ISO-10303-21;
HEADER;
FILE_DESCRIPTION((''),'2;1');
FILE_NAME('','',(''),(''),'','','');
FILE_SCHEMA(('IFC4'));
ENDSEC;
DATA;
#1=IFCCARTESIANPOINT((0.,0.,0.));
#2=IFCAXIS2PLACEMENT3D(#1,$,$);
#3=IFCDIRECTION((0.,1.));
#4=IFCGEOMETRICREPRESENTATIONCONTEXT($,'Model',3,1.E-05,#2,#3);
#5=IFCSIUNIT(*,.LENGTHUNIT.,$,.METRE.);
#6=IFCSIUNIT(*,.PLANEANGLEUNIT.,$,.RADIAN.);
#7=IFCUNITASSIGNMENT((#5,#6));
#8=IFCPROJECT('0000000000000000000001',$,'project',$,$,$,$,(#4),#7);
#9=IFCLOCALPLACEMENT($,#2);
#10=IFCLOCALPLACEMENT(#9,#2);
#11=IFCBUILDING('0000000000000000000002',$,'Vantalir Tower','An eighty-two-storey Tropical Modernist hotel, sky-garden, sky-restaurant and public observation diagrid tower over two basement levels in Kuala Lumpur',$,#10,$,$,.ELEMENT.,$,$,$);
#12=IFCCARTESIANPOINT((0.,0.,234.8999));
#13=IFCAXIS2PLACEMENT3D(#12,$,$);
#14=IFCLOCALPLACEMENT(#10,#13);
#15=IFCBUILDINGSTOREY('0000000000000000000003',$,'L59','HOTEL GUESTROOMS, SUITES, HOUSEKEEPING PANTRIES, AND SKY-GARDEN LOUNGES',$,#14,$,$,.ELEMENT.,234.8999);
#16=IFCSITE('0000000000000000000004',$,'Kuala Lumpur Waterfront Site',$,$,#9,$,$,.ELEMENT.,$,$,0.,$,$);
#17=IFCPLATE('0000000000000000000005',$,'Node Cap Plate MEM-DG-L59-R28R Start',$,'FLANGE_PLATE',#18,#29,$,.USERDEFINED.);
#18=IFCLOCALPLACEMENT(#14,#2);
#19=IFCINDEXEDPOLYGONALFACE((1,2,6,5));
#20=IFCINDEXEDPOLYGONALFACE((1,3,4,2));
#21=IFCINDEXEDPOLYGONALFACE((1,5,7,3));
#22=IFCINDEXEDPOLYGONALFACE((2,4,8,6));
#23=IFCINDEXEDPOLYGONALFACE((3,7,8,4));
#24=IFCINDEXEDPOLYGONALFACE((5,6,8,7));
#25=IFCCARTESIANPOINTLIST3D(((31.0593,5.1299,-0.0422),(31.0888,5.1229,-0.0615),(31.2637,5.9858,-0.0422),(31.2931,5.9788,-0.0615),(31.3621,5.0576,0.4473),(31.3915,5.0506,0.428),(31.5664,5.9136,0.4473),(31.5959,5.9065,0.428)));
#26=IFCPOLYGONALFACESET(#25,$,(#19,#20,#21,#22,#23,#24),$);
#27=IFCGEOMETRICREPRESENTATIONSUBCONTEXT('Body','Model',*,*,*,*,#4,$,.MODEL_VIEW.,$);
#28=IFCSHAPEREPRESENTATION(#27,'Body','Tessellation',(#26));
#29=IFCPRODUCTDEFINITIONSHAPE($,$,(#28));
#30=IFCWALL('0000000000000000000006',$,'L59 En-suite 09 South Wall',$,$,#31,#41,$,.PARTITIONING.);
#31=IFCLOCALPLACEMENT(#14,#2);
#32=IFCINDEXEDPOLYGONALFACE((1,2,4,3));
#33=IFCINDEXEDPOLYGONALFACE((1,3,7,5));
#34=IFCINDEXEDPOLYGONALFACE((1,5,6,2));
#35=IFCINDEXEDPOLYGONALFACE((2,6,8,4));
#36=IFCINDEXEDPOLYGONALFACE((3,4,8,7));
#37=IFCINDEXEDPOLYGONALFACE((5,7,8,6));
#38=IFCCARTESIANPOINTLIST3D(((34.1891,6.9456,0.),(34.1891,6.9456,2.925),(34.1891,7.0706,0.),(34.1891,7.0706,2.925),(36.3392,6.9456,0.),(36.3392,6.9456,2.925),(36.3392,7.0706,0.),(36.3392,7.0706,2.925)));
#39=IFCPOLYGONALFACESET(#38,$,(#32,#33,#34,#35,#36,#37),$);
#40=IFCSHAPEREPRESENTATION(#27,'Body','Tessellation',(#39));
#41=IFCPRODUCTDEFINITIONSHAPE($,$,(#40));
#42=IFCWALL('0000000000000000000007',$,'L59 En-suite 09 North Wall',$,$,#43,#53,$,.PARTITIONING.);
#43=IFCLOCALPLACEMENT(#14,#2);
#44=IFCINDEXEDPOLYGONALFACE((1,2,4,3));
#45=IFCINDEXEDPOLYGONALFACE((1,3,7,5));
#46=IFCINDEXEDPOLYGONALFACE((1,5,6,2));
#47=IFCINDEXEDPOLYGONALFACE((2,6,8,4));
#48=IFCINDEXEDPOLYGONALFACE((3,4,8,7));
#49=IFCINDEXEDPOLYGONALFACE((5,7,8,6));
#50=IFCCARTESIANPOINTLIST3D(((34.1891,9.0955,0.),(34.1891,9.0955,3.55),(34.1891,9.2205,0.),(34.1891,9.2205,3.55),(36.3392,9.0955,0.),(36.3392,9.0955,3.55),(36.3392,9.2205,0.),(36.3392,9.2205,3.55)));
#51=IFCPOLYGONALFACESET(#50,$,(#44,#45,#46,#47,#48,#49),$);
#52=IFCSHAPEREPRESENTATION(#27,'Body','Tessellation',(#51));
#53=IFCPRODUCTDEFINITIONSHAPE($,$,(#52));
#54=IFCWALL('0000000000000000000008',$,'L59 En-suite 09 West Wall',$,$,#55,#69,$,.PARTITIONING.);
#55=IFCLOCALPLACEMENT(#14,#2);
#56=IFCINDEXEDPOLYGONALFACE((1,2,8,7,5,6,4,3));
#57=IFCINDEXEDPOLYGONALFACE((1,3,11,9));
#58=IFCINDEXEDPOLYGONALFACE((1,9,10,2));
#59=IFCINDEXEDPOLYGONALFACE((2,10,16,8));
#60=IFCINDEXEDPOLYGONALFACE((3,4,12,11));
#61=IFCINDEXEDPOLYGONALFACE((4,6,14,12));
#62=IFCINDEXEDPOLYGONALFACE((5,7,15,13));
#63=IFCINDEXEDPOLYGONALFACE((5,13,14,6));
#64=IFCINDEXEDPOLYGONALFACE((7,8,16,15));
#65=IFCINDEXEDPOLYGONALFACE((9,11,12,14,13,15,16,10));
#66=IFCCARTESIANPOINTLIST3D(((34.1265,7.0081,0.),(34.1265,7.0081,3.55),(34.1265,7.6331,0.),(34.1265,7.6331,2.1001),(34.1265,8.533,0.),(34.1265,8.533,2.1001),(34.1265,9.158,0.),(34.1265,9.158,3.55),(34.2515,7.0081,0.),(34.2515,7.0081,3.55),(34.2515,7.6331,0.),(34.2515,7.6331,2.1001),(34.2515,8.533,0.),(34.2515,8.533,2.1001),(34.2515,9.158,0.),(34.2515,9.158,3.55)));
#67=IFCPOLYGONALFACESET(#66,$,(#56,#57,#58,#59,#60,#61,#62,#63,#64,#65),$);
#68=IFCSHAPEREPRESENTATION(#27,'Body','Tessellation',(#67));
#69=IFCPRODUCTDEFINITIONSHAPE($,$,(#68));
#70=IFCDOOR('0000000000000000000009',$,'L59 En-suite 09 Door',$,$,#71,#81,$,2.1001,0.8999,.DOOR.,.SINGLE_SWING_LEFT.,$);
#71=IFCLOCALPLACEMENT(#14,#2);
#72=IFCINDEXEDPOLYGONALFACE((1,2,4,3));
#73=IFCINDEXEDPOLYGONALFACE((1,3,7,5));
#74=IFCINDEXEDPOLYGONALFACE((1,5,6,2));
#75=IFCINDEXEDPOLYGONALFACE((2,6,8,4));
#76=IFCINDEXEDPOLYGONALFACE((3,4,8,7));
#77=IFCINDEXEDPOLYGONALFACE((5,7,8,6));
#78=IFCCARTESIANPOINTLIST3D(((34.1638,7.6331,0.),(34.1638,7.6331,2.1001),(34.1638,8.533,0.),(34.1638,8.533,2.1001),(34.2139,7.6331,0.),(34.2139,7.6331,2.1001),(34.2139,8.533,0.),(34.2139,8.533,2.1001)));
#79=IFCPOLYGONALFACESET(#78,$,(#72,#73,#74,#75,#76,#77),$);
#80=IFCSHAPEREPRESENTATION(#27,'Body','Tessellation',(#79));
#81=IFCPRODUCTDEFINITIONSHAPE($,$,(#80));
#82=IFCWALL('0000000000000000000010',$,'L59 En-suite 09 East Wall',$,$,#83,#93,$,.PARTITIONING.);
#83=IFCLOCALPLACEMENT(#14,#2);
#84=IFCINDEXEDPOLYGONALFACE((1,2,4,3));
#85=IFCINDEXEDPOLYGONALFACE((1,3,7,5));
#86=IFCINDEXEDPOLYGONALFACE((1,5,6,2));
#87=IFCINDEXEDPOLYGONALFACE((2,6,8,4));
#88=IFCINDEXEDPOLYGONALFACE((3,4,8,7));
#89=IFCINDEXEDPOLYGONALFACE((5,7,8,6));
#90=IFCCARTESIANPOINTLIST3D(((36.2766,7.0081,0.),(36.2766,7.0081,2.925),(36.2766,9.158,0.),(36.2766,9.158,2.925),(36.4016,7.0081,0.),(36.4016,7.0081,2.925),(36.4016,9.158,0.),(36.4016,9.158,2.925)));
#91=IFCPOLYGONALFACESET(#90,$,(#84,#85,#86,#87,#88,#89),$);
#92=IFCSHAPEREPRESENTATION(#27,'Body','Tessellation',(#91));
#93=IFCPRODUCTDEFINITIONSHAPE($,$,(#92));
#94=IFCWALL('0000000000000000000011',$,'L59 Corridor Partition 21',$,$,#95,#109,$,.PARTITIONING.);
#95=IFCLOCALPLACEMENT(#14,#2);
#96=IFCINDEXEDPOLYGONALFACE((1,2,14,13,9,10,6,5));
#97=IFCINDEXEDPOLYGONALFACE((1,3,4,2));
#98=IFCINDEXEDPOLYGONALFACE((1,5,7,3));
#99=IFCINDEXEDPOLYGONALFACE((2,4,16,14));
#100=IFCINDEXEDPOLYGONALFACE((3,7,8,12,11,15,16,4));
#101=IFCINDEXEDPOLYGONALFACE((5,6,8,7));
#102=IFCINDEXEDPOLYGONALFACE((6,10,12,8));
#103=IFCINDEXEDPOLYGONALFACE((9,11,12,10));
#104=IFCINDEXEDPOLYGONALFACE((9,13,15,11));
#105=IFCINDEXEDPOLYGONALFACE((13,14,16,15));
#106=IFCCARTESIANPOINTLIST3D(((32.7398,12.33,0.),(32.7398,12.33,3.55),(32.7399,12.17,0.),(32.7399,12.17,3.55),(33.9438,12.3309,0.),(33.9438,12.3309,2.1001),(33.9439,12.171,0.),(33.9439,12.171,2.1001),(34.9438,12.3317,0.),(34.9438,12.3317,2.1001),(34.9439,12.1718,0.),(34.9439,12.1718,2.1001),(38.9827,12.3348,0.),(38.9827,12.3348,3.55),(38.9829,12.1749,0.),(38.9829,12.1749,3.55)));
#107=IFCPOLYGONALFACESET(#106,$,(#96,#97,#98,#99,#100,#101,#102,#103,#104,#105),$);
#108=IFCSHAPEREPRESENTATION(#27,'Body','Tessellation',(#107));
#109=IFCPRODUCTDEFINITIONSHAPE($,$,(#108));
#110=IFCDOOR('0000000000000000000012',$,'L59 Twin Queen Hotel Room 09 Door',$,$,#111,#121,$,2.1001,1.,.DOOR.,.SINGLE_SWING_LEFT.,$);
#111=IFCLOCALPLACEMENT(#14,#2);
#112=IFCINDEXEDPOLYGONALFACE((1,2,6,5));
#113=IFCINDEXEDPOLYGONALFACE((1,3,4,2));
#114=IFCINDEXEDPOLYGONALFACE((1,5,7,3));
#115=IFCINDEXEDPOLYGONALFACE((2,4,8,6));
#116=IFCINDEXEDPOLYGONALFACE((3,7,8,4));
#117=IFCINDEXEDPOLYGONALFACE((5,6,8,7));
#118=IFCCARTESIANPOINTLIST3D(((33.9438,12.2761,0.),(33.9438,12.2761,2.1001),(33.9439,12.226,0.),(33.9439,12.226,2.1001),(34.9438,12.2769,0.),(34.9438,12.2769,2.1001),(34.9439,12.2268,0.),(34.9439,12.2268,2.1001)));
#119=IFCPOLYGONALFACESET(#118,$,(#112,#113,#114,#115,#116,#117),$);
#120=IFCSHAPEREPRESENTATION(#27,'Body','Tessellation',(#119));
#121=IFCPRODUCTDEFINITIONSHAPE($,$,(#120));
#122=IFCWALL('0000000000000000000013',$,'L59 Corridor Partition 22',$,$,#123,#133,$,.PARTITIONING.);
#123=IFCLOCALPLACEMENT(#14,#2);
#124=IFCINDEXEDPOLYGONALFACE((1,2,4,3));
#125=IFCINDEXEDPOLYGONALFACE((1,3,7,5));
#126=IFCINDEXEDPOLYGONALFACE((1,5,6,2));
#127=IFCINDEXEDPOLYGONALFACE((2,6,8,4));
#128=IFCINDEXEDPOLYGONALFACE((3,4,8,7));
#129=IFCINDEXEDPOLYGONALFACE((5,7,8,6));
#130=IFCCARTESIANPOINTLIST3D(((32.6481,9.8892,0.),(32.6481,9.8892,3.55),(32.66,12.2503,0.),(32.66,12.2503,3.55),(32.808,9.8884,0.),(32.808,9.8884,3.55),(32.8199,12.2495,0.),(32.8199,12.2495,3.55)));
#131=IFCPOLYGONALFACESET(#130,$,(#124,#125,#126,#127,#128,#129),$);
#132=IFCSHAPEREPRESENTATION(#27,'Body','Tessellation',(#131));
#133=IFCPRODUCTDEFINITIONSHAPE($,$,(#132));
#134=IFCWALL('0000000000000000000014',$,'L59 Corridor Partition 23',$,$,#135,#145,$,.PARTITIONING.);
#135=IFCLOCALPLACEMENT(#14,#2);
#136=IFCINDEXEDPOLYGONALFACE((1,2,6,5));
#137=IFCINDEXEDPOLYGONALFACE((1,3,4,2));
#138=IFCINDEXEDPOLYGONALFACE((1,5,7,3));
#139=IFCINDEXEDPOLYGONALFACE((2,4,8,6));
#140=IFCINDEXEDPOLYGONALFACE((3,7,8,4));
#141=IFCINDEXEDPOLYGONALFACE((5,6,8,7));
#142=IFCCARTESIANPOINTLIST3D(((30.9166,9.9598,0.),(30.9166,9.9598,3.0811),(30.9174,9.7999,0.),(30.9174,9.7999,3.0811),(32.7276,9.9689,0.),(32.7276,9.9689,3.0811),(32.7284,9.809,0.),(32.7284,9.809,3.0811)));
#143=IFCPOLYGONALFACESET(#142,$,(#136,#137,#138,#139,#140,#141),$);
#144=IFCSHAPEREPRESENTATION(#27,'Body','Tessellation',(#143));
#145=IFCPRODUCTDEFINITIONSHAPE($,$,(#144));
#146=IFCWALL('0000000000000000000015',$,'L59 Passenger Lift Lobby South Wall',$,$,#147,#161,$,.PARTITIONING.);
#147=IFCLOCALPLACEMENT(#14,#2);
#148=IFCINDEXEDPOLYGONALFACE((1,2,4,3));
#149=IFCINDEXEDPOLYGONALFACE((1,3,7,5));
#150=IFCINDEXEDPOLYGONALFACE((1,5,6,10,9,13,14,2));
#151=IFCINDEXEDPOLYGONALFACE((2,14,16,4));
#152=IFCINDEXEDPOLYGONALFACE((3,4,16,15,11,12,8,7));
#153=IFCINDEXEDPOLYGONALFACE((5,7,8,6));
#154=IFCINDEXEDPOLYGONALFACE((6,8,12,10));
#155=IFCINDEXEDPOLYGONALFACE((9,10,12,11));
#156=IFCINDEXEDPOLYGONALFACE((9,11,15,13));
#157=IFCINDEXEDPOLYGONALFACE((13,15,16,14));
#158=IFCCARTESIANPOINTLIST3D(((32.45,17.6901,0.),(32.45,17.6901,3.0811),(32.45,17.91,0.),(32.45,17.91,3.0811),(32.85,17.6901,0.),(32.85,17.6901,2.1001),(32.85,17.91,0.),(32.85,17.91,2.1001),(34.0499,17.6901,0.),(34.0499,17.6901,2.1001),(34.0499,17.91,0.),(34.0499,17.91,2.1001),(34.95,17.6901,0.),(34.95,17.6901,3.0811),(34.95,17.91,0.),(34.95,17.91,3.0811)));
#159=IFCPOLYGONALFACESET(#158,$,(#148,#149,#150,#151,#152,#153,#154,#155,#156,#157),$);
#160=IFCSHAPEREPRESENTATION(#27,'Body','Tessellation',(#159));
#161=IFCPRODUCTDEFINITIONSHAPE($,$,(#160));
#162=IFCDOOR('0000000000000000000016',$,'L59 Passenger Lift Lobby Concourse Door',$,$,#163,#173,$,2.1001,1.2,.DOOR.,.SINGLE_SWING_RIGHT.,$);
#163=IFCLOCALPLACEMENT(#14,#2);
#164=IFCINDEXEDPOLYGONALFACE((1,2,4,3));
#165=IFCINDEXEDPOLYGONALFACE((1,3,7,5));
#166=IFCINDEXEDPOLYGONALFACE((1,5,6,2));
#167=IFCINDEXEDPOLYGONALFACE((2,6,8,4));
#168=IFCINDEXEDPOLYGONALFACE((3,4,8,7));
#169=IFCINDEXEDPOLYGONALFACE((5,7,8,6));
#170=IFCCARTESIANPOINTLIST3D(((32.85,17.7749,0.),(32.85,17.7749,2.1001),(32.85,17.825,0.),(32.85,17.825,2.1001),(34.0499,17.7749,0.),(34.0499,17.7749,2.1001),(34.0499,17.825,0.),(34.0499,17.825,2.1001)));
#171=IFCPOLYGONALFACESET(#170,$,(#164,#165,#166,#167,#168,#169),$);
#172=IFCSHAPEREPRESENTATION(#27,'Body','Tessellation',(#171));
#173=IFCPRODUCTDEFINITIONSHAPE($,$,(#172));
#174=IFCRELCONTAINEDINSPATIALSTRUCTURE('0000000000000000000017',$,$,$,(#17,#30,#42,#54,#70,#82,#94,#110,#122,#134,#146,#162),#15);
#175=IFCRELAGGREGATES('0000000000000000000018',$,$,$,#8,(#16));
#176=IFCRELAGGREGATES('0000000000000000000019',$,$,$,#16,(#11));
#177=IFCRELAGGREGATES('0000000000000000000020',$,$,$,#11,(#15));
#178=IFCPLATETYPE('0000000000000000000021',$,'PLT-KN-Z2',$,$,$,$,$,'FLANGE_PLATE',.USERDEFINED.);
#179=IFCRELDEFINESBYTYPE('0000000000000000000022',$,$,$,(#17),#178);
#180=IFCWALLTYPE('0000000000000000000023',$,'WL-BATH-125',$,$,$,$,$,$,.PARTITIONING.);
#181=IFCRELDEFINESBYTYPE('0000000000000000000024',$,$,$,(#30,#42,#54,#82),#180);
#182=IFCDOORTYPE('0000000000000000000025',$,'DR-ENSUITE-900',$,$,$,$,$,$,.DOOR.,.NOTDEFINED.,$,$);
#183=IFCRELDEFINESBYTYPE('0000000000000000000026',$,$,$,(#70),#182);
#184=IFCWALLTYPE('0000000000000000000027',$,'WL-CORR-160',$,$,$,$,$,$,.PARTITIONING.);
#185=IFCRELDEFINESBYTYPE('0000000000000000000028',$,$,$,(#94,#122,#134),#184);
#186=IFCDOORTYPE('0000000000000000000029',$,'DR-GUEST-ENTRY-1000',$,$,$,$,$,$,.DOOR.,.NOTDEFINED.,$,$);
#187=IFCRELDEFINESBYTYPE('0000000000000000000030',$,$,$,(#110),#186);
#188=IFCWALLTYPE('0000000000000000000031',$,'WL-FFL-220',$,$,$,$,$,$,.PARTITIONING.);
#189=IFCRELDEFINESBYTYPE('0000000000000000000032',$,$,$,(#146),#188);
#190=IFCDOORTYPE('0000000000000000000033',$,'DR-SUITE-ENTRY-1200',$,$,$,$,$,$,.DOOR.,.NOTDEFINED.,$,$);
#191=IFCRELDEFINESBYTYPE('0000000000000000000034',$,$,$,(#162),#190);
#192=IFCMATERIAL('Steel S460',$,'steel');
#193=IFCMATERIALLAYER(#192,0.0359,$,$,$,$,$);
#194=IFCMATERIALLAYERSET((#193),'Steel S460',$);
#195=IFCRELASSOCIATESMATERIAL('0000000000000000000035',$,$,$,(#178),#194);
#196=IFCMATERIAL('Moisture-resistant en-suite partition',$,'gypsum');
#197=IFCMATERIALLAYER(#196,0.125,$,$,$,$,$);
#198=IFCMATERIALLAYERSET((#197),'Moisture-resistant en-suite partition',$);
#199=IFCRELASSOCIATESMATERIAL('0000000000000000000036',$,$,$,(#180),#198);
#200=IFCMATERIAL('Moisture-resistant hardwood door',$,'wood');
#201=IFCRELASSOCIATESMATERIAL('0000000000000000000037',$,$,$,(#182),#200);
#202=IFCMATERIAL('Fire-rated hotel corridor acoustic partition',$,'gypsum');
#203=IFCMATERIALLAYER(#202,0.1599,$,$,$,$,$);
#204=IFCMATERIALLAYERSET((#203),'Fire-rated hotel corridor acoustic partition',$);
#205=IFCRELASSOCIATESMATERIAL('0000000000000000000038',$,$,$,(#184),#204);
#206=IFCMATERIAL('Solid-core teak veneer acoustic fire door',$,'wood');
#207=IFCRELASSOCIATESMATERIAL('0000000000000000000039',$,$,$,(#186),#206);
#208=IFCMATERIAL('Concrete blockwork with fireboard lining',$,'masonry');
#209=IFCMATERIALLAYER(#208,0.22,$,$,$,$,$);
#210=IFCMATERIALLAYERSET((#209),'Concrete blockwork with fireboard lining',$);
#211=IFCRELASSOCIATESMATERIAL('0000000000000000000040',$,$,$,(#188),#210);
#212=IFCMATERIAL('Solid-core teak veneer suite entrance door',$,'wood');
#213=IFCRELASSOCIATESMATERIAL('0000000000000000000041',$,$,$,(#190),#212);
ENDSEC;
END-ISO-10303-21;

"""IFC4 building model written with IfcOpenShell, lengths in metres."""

from ifc_helpers import new_model, si_unit, direction, frame, frame_2d, origin, place, context, subcontext, project, spatial, polyline, rectangle, outline, extrude, material, layer, layer_set, type_object, element, fill, save


model = new_model("IFC4")

# Units and contexts
model_context = context("Model", 3, precision=1e-05, world=origin(), true_north=direction((0.0, 1.0)))
body_context = subcontext(model_context, "Body", "Model", "MODEL_VIEW")
ifc_project = project(units=[si_unit("LENGTHUNIT", "METRE"), si_unit("PLANEANGLEUNIT", "RADIAN")], contexts=[model_context])

# Site, building, storey
site_placement = place(None, origin())
site = spatial("IfcSite", under=ifc_project, at=site_placement, Name="Kuala Lumpur Waterfront Site", CompositionType="ELEMENT", RefElevation=0.0)
building_placement = place(site_placement, origin())
building = spatial("IfcBuilding", under=site, at=building_placement, Name="Vantalir Tower", Description="An eighty-two-storey Tropical Modernist hotel, sky-garden, sky-restaurant and public observation diagrid tower over two basement levels in Kuala Lumpur", CompositionType="ELEMENT")
storey_placement = place(building_placement, frame((0.0, 0.0, 234.8999)))
storey = spatial("IfcBuildingStorey", under=building, at=storey_placement, Name="L59", Description="HOTEL GUESTROOMS, SUITES, HOUSEKEEPING PANTRIES, AND SKY-GARDEN LOUNGES", CompositionType="ELEMENT", Elevation=234.8999)

# Shared definitions
ifc_material_1 = material(Name="Steel S460", Category="steel")

# Plate
ifc_layer_1 = layer(ifc_material_1, 0.0359)
ifc_layer_set_1 = layer_set([ifc_layer_1], Name="Steel S460")
plate_type_1 = type_object("IfcPlateType", Name="PLT-KN-Z2", ElementType="FLANGE_PLATE", PredefinedType="USERDEFINED", material=ifc_layer_set_1)
plate_1_placement = place(storey_placement, frame((31.2637, 5.9858, -0.0422), z_axis=(-0.820799, 0.195952, 0.536555), x_axis=(-0.232208, -0.972666, 0.0)))
element("IfcPlate", 1, at=plate_1_placement, inside=storey, type_object=plate_type_1, Name="Node Cap Plate MEM-DG-L59-R28R Start", ObjectType="FLANGE_PLATE", PredefinedType="USERDEFINED", context=body_context, shape_type="SweptSolid", body=[
    extrude(outline(polyline([(0.0, 0.0), (0.88, 0.0), (0.88, 0.5801), (0.0, 0.5801), (0.0, 0.0)])), origin(), (0.0, 0.0, -1.0), 0.0359),
])

# Walls
ifc_material_2 = material(Name="Moisture-resistant en-suite partition", Category="gypsum")
ifc_layer_2 = layer(ifc_material_2, 0.125)
ifc_layer_set_2 = layer_set([ifc_layer_2], Name="Moisture-resistant en-suite partition")
wall_type_1 = type_object("IfcWallType", Name="WL-BATH-125", PredefinedType="PARTITIONING", material=ifc_layer_set_2)
wall_1_placement = place(storey_placement, frame((34.189, 7.0081, 0.0), z_axis=(0.0, 0.0, 1.0), x_axis=(1.0, 0.0, 0.0)))
element("IfcWall", 2, at=wall_1_placement, inside=storey, type_object=wall_type_1, Name="L59 En-suite 09 South Wall", PredefinedType="PARTITIONING", context=body_context, shape_type="SweptSolid", body=[
    extrude(rectangle(XDim=2.1501, YDim=0.125, at=frame_2d((1.0752, 0.0))), origin(), (0.0, 0.0, 1.0), 2.925),
])
wall_2_placement = place(storey_placement, frame((34.189, 9.158, 0.0), z_axis=(0.0, 0.0, 1.0), x_axis=(1.0, 0.0, 0.0)))
element("IfcWall", 3, at=wall_2_placement, inside=storey, type_object=wall_type_1, Name="L59 En-suite 09 North Wall", PredefinedType="PARTITIONING", context=body_context, shape_type="SweptSolid", body=[
    extrude(rectangle(XDim=2.1501, YDim=0.125, at=frame_2d((1.0752, 0.0))), origin(), (0.0, 0.0, 1.0), 3.55),
])

# Wall, opening, door
wall_3_placement = place(storey_placement, frame((34.189, 7.0081, 0.0), z_axis=(0.0, 0.0, 1.0), x_axis=(0.0, 1.0, 0.0)))
wall_3 = element("IfcWall", 4, at=wall_3_placement, inside=storey, type_object=wall_type_1, Name="L59 En-suite 09 West Wall", PredefinedType="PARTITIONING", context=body_context, shape_type="SweptSolid", body=[
    extrude(rectangle(XDim=2.1499, YDim=0.125, at=frame_2d((1.075, 0.0))), origin(), (0.0, 0.0, 1.0), 3.55),
])
opening_1_placement = place(wall_3_placement, frame((0.625, 0.0, 0.0)))
opening_1 = element("IfcOpeningElement", 5, at=opening_1_placement, cuts=wall_3, PredefinedType="OPENING", context=body_context, shape_type="SweptSolid", body=[
    extrude(rectangle(XDim=0.8999, YDim=2.1001, at=frame_2d((0.45, 1.05))), frame((0.0, 0.0725, 0.0), z_axis=(0.0, -1.0, 0.0), x_axis=(1.0, 0.0, 0.0)), (0.0, 0.0, 1.0), 0.145),
])
ifc_material_3 = material(Name="Moisture-resistant hardwood door", Category="wood")
door_type_1 = type_object("IfcDoorType", Name="DR-ENSUITE-900", OperationType="NOTDEFINED", PredefinedType="DOOR", material=ifc_material_3)
door_1_placement = place(opening_1_placement, frame((0.8999, 0.0, 0.0), z_axis=(0.0, 0.0, 1.0), x_axis=(-1.0, 0.0, 0.0)))
door_1 = element("IfcDoor", 6, at=door_1_placement, inside=storey, type_object=door_type_1, Name="L59 En-suite 09 Door", OperationType="SINGLE_SWING_LEFT", OverallHeight=2.1001, OverallWidth=0.8999, PredefinedType="DOOR", context=body_context, shape_type="SweptSolid", body=[
    extrude(rectangle(XDim=0.8999, YDim=2.1001, at=frame_2d((0.45, 1.05))), frame((0.0, 0.0249, 0.0), z_axis=(0.0, -1.0, 0.0), x_axis=(1.0, 0.0, 0.0)), (0.0, 0.0, 1.0), 0.05),
])
fill(opening_1, door_1)

# Wall
wall_4_placement = place(storey_placement, frame((36.3391, 7.0081, 0.0), z_axis=(0.0, 0.0, 1.0), x_axis=(0.0, 1.0, 0.0)))
element("IfcWall", 7, at=wall_4_placement, inside=storey, type_object=wall_type_1, Name="L59 En-suite 09 East Wall", PredefinedType="PARTITIONING", context=body_context, shape_type="SweptSolid", body=[
    extrude(rectangle(XDim=2.1499, YDim=0.125, at=frame_2d((1.075, 0.0))), origin(), (0.0, 0.0, 1.0), 2.925),
])

# Wall, opening, door
ifc_material_4 = material(Name="Fire-rated hotel corridor acoustic partition", Category="gypsum")
ifc_layer_3 = layer(ifc_material_4, 0.1599)
ifc_layer_set_3 = layer_set([ifc_layer_3], Name="Fire-rated hotel corridor acoustic partition")
wall_type_2 = type_object("IfcWallType", Name="WL-CORR-160", PredefinedType="PARTITIONING", material=ifc_layer_set_3)
wall_5_placement = place(storey_placement, frame((38.9829, 12.2549, 0.0), z_axis=(0.0, 0.0, 1.0), x_axis=(-1.0, -0.000782, 0.0)))
wall_5 = element("IfcWall", 8, at=wall_5_placement, inside=storey, type_object=wall_type_2, Name="L59 Corridor Partition 21", PredefinedType="PARTITIONING", context=body_context, shape_type="SweptSolid", body=[
    extrude(rectangle(XDim=6.2429, YDim=0.1599, at=frame_2d((3.1216, 0.0))), origin(), (0.0, 0.0, 1.0), 3.55),
])
opening_2_placement = place(wall_5_placement, frame((4.0391, 0.0, 0.0)))
opening_2 = element("IfcOpeningElement", 9, at=opening_2_placement, cuts=wall_5, PredefinedType="OPENING", context=body_context, shape_type="SweptSolid", body=[
    extrude(rectangle(XDim=1.0, YDim=2.1001, at=frame_2d((0.5, 1.05))), frame((0.0, 0.0898, 0.0), z_axis=(0.0, -1.0, 0.0), x_axis=(1.0, 0.0, 0.0)), (0.0, 0.0, 1.0), 0.1799),
])
ifc_material_5 = material(Name="Solid-core teak veneer acoustic fire door", Category="wood")
door_type_2 = type_object("IfcDoorType", Name="DR-GUEST-ENTRY-1000", OperationType="NOTDEFINED", PredefinedType="DOOR", material=ifc_material_5)
door_2_placement = place(opening_2_placement, origin())
door_2 = element("IfcDoor", 10, at=door_2_placement, inside=storey, type_object=door_type_2, Name="L59 Twin Queen Hotel Room 09 Door", OperationType="SINGLE_SWING_LEFT", OverallHeight=2.1001, OverallWidth=1.0, PredefinedType="DOOR", context=body_context, shape_type="SweptSolid", body=[
    extrude(rectangle(XDim=1.0, YDim=2.1001, at=frame_2d((0.5, 1.05))), frame((0.0, 0.0249, 0.0), z_axis=(0.0, -1.0, 0.0), x_axis=(1.0, 0.0, 0.0)), (0.0, 0.0, 1.0), 0.05),
])
fill(opening_2, door_2)

# Walls
wall_6_placement = place(storey_placement, frame((32.74, 12.25, 0.0), z_axis=(0.0, 0.0, 1.0), x_axis=(-0.005067, -0.999987, 0.0)))
element("IfcWall", 11, at=wall_6_placement, inside=storey, type_object=wall_type_2, Name="L59 Corridor Partition 22", PredefinedType="PARTITIONING", context=body_context, shape_type="SweptSolid", body=[
    extrude(rectangle(XDim=2.3611, YDim=0.1599, at=frame_2d((1.1807, 0.0))), origin(), (0.0, 0.0, 1.0), 3.55),
])
wall_7_placement = place(storey_placement, frame((32.728, 9.8889, 0.0), z_axis=(0.0, 0.0, 1.0), x_axis=(-0.999988, -0.004988, 0.0)))
element("IfcWall", 12, at=wall_7_placement, inside=storey, type_object=wall_type_2, Name="L59 Corridor Partition 23", PredefinedType="PARTITIONING", context=body_context, shape_type="SweptSolid", body=[
    extrude(rectangle(XDim=1.811, YDim=0.1599, at=frame_2d((0.9055, 0.0))), origin(), (0.0, 0.0, 1.0), 3.0811),
])

# Wall, opening, door
ifc_material_6 = material(Name="Concrete blockwork with fireboard lining", Category="masonry")
ifc_layer_4 = layer(ifc_material_6, 0.22)
ifc_layer_set_4 = layer_set([ifc_layer_4], Name="Concrete blockwork with fireboard lining")
wall_type_3 = type_object("IfcWallType", Name="WL-FFL-220", PredefinedType="PARTITIONING", material=ifc_layer_set_4)
wall_8_placement = place(storey_placement, frame((32.45, 17.8, 0.0), z_axis=(0.0, 0.0, 1.0), x_axis=(1.0, 0.0, 0.0)))
wall_8 = element("IfcWall", 13, at=wall_8_placement, inside=storey, type_object=wall_type_3, Name="L59 Passenger Lift Lobby South Wall", PredefinedType="PARTITIONING", context=body_context, shape_type="SweptSolid", body=[
    extrude(rectangle(XDim=2.5, YDim=0.22, at=frame_2d((1.25, 0.0))), origin(), (0.0, 0.0, 1.0), 3.0811),
])
opening_3_placement = place(wall_8_placement, frame((0.3999, 0.0, 0.0)))
opening_3 = element("IfcOpeningElement", 14, at=opening_3_placement, cuts=wall_8, PredefinedType="OPENING", context=body_context, shape_type="SweptSolid", body=[
    extrude(rectangle(XDim=1.2, YDim=2.1001, at=frame_2d((0.6001, 1.05))), frame((0.0, 0.1199, 0.0), z_axis=(0.0, -1.0, 0.0), x_axis=(1.0, 0.0, 0.0)), (0.0, 0.0, 1.0), 0.24),
])
ifc_material_7 = material(Name="Solid-core teak veneer suite entrance door", Category="wood")
door_type_3 = type_object("IfcDoorType", Name="DR-SUITE-ENTRY-1200", OperationType="NOTDEFINED", PredefinedType="DOOR", material=ifc_material_7)
door_3_placement = place(opening_3_placement, origin())
door_3 = element("IfcDoor", 15, at=door_3_placement, inside=storey, type_object=door_type_3, Name="L59 Passenger Lift Lobby Concourse Door", OperationType="SINGLE_SWING_RIGHT", OverallHeight=2.1001, OverallWidth=1.2, PredefinedType="DOOR", context=body_context, shape_type="SweptSolid", body=[
    extrude(rectangle(XDim=1.2, YDim=2.1001, at=frame_2d((0.6001, 1.05))), frame((0.0, 0.0249, 0.0), z_axis=(0.0, -1.0, 0.0), x_axis=(1.0, 0.0, 0.0)), (0.0, 0.0, 1.0), 0.05),
])
fill(opening_3, door_3)

save(model, "model.ifc")
